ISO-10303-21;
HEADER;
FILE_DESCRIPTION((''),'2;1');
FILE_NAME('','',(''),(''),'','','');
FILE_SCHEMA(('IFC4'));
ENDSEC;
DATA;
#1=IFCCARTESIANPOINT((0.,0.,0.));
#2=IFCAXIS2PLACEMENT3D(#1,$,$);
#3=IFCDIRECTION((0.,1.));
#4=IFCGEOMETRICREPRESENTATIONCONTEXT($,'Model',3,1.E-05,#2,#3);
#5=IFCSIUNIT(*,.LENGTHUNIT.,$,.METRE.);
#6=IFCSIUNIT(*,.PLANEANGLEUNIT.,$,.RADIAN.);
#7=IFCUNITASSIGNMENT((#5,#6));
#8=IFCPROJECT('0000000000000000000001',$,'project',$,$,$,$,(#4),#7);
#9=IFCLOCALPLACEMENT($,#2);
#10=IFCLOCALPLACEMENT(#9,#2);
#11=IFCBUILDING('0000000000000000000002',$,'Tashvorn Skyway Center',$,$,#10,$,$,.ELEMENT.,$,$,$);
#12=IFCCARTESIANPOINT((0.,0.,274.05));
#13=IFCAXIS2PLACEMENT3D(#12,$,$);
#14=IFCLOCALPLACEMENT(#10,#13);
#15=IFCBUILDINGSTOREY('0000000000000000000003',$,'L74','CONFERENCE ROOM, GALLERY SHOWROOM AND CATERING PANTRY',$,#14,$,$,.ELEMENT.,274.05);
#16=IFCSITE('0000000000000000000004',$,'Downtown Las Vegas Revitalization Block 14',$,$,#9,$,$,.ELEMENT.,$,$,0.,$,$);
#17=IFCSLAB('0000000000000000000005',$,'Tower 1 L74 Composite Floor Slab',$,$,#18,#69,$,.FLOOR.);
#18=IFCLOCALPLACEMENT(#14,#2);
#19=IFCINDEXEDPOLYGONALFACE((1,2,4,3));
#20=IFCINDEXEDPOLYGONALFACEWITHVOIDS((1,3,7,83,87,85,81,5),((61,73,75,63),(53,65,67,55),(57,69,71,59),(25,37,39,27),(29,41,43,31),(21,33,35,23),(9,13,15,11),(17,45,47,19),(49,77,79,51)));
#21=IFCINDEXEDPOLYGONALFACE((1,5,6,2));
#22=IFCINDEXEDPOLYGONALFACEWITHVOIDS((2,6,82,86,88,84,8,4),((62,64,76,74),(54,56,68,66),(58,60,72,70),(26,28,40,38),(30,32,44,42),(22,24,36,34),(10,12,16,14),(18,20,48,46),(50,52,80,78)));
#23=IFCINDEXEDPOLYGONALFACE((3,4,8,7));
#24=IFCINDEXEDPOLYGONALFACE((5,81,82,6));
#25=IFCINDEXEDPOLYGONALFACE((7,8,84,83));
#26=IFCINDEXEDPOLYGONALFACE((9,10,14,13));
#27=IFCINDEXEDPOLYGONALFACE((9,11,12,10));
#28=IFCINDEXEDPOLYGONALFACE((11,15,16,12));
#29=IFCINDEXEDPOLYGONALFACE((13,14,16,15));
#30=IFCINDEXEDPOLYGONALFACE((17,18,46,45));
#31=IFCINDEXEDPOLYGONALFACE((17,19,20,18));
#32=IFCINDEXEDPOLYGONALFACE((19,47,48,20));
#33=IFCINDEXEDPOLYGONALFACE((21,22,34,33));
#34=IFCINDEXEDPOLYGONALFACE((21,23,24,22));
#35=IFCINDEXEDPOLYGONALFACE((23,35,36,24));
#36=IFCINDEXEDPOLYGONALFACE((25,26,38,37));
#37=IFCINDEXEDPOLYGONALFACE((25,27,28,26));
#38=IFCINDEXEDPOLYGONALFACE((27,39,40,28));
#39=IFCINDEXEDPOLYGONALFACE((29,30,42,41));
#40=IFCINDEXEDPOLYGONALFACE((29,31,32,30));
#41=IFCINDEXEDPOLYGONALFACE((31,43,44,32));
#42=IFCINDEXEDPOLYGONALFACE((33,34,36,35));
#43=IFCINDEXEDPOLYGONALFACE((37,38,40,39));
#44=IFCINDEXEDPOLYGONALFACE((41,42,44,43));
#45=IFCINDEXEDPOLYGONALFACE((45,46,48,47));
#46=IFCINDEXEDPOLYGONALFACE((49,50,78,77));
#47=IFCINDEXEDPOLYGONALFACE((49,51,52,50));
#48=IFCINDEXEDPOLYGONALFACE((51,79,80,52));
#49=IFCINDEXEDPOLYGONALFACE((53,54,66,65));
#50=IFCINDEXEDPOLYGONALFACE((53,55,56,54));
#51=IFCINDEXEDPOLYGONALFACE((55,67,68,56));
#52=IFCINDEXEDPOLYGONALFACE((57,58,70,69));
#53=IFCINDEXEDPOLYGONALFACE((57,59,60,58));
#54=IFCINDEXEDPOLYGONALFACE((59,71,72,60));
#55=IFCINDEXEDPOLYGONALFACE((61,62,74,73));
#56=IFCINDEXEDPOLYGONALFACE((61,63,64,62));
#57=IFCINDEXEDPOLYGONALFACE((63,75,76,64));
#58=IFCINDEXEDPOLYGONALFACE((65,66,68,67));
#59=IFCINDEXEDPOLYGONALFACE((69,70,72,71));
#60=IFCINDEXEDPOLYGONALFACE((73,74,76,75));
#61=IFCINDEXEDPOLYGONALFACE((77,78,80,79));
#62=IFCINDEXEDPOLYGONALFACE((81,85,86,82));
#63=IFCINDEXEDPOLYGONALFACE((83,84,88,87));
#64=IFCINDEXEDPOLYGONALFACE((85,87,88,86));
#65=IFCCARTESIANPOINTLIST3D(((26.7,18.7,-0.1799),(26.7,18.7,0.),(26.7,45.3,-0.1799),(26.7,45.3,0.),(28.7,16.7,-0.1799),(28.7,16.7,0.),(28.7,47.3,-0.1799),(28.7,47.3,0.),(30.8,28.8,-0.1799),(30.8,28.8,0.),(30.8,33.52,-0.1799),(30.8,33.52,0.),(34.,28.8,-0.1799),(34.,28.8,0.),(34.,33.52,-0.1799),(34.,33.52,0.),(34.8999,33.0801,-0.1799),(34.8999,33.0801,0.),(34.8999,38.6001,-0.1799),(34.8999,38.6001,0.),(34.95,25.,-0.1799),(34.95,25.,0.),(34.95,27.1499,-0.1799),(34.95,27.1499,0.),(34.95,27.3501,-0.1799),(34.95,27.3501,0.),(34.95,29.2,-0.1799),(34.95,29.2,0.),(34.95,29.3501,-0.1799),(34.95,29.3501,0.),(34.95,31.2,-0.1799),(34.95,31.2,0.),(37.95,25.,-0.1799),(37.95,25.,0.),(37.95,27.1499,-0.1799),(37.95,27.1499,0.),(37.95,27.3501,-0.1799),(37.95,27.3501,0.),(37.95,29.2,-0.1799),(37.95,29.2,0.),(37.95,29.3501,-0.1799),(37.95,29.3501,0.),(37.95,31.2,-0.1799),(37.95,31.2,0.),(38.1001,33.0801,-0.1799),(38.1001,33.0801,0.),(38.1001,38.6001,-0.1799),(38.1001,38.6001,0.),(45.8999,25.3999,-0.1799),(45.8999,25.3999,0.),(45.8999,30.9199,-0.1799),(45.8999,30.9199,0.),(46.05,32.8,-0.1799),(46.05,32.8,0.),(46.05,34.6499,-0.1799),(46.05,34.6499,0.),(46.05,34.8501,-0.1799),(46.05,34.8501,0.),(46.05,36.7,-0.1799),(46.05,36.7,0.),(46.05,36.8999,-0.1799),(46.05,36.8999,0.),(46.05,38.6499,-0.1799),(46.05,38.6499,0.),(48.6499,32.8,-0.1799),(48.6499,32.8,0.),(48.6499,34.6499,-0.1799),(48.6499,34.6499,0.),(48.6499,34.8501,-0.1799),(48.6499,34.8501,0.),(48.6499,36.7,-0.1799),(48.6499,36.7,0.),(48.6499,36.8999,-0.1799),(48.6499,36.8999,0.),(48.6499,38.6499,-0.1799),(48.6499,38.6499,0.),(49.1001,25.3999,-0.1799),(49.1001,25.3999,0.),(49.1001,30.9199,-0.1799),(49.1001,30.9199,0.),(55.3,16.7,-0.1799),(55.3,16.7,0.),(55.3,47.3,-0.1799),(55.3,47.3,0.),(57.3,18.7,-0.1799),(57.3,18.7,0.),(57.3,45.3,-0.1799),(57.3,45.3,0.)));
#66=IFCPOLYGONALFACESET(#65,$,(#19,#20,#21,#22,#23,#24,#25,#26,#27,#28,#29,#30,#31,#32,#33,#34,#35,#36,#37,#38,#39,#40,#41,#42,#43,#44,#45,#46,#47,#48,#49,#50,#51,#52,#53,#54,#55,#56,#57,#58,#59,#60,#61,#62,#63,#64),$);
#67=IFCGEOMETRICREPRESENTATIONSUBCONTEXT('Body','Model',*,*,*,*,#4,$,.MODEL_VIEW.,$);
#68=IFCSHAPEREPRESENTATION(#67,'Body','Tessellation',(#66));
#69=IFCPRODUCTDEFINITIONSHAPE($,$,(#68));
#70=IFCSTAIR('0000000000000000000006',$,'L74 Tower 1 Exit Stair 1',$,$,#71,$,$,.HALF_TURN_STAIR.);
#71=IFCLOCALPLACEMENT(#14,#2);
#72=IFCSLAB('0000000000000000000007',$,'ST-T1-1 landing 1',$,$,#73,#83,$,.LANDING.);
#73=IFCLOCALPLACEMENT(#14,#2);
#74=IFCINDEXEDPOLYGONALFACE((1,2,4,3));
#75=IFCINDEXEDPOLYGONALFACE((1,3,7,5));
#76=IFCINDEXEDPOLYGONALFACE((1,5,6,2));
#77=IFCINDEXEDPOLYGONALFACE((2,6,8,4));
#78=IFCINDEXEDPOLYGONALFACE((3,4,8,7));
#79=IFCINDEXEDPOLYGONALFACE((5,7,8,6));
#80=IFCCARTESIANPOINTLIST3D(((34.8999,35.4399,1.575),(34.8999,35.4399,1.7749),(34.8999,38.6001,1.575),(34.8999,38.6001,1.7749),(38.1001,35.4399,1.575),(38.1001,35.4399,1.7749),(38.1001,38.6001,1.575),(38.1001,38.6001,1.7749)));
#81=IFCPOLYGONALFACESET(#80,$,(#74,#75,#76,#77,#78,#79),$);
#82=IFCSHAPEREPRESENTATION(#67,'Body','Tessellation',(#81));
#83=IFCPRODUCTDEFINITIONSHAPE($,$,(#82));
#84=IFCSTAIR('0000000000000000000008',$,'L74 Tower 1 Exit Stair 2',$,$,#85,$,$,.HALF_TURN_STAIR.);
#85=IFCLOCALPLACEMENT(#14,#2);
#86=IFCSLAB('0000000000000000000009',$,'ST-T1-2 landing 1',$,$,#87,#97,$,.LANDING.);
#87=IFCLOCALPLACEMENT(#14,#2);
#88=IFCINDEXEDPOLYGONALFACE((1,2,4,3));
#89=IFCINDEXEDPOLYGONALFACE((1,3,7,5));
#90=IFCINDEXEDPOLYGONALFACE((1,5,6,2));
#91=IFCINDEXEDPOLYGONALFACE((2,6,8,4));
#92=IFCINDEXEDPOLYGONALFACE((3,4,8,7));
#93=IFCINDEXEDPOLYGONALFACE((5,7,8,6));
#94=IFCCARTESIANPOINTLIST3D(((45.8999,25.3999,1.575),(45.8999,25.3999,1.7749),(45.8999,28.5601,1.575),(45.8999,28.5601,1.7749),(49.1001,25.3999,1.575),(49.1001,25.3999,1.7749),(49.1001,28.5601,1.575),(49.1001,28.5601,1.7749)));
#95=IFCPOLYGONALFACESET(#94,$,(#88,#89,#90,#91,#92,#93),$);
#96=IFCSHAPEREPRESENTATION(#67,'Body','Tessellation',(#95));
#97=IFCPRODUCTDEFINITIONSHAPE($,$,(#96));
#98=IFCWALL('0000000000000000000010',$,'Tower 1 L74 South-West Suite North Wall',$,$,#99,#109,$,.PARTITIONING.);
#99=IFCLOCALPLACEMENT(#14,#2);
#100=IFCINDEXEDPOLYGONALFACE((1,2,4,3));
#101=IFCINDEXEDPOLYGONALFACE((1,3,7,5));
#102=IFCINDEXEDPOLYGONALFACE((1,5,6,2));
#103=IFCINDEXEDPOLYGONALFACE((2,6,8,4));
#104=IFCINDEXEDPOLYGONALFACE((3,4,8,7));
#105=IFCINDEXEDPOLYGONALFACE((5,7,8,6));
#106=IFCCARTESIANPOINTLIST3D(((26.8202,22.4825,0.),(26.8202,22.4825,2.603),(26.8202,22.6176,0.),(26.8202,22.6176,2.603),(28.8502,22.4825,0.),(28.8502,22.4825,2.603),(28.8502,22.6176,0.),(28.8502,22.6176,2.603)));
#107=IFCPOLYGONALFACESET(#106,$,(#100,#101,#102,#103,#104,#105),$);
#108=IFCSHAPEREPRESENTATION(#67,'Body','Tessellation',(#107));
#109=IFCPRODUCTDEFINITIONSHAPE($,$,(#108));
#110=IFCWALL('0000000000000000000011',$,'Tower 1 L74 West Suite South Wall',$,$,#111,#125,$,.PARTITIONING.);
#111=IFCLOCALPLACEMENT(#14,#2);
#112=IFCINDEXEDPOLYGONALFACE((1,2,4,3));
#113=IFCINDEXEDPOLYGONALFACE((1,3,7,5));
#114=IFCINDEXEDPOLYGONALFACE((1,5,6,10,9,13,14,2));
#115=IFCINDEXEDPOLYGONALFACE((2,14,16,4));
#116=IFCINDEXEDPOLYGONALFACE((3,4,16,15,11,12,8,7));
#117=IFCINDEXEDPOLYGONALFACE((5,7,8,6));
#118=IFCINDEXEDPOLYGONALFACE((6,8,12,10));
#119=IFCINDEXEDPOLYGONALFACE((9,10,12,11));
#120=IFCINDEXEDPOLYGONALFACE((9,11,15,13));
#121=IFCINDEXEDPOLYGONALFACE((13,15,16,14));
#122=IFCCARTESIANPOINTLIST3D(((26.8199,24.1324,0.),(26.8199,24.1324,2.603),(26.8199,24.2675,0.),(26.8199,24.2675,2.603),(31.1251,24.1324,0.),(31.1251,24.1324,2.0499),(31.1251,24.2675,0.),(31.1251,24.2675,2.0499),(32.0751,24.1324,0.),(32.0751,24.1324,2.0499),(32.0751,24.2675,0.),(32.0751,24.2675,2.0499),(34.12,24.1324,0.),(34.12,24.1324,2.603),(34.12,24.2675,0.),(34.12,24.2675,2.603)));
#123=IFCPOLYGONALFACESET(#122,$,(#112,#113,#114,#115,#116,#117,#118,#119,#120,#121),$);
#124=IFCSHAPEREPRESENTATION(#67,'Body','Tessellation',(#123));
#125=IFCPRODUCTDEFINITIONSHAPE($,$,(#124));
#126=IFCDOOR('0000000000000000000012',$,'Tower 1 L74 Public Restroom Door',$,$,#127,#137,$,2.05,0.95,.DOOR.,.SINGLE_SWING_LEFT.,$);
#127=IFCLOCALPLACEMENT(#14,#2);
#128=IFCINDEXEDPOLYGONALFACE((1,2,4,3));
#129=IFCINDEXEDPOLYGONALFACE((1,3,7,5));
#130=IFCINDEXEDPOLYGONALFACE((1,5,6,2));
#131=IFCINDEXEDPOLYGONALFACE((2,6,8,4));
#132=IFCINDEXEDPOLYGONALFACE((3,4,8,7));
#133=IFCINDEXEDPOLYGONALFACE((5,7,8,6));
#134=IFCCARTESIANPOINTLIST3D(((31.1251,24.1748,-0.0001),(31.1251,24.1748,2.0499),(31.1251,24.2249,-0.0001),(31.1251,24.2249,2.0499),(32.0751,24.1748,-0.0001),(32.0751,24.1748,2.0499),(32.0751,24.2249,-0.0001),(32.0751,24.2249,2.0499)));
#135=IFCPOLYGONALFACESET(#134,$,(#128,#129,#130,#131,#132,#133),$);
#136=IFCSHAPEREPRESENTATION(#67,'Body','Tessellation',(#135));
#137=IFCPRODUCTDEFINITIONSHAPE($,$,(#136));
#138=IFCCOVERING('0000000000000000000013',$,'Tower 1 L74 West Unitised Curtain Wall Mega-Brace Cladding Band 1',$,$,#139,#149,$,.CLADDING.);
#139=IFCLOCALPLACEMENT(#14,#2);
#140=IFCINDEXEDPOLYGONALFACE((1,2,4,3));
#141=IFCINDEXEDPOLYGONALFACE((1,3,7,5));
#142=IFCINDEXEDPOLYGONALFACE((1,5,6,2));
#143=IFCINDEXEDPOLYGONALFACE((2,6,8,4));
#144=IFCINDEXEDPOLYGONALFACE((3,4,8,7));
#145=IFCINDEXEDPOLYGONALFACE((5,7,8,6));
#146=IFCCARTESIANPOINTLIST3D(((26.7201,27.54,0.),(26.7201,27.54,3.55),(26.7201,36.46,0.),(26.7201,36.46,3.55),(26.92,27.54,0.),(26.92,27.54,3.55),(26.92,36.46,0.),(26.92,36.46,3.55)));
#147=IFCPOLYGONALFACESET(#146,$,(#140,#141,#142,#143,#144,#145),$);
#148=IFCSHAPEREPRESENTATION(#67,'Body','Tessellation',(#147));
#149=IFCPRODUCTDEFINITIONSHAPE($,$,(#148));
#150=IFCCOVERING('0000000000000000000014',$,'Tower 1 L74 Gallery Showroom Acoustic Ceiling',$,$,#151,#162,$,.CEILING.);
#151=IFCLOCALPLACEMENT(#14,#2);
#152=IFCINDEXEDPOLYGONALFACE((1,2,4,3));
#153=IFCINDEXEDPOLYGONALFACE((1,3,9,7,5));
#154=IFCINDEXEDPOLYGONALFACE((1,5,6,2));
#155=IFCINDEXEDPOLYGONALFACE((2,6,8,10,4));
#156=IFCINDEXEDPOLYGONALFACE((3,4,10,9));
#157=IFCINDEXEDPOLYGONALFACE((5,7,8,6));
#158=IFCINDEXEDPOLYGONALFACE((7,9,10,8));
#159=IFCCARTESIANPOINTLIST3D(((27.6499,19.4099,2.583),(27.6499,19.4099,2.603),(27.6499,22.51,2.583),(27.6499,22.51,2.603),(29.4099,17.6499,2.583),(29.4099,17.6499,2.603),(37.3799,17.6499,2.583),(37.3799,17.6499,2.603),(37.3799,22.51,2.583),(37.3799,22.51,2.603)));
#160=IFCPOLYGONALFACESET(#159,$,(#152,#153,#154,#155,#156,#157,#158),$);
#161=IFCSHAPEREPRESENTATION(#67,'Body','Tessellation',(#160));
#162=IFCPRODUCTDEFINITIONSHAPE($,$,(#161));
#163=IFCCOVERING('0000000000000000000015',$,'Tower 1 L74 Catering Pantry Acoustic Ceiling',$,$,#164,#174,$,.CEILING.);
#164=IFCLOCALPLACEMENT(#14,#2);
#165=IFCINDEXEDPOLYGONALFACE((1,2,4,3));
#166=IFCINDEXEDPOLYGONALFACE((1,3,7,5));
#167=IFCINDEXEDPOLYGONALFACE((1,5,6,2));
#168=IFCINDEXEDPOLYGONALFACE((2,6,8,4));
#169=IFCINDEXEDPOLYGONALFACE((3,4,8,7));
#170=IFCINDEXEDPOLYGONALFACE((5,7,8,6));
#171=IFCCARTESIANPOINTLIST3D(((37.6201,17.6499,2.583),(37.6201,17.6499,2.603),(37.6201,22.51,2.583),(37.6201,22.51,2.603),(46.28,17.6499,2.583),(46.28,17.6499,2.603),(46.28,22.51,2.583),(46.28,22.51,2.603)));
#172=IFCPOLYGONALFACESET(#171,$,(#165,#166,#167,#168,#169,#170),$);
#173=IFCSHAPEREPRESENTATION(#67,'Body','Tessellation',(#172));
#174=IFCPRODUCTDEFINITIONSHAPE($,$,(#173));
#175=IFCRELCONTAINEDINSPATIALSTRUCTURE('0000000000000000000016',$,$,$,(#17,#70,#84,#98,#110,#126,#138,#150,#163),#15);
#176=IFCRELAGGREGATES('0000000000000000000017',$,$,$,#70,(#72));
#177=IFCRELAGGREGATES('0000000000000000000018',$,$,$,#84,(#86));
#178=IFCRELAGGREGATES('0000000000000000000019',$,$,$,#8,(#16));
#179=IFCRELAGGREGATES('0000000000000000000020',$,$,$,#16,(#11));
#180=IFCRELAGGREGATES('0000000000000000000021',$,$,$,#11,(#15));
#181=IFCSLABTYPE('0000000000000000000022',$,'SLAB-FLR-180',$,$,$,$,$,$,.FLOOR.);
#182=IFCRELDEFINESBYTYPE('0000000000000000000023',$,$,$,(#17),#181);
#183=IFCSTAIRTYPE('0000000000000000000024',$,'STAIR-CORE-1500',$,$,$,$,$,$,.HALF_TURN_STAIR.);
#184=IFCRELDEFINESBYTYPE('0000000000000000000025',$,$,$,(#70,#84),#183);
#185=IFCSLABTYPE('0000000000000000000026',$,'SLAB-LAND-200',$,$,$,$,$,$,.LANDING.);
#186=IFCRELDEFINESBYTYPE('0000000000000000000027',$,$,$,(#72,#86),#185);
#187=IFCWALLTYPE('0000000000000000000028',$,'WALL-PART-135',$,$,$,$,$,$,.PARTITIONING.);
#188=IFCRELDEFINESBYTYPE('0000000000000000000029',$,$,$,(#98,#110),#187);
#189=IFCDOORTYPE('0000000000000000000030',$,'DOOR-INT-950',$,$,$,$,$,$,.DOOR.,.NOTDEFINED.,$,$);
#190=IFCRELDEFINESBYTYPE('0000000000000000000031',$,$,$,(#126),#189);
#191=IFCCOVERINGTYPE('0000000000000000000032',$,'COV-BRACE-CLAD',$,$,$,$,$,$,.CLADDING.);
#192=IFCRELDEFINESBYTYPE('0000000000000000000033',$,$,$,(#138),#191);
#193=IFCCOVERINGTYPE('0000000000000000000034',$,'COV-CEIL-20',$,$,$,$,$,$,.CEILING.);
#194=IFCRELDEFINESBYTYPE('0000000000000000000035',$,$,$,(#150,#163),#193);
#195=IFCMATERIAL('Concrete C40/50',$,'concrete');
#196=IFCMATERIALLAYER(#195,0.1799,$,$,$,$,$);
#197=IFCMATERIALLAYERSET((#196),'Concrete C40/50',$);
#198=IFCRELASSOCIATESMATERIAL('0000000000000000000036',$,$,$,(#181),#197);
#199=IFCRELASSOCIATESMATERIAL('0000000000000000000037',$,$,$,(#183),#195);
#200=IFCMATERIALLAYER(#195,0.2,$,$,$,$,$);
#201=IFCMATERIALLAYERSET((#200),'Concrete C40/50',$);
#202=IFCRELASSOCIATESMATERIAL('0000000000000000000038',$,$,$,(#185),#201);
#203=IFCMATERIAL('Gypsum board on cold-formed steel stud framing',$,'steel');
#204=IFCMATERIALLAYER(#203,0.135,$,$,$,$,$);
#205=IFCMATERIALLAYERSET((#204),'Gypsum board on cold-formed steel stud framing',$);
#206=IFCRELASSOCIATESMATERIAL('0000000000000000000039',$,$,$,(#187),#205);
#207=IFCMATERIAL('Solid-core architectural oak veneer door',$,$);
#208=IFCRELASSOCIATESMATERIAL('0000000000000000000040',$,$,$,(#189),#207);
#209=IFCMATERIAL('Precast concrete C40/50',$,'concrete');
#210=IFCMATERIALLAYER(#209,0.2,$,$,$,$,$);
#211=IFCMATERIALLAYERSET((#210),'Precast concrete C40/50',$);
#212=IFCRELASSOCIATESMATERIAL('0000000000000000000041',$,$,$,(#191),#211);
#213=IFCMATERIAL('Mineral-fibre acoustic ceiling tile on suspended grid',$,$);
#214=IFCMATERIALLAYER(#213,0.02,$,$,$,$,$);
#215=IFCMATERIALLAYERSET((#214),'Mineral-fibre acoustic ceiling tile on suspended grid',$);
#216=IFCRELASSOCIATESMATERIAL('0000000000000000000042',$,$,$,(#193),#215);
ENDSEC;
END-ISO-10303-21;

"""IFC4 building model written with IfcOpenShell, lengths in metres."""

from ifc_helpers import new_model, si_unit, direction, frame, frame_2d, origin, origin_2d, place, context, subcontext, project, spatial, polyline, rectangle, outline, extrude, material, layer, layer_set, type_object, element, fill, aggregate, save


model = new_model("IFC4")

# Units and contexts
model_context = context("Model", 3, precision=1e-05, world=origin(), true_north=direction((0.0, 1.0)))
body_context = subcontext(model_context, "Body", "Model", "MODEL_VIEW")
ifc_project = project(units=[si_unit("LENGTHUNIT", "METRE"), si_unit("PLANEANGLEUNIT", "RADIAN")], contexts=[model_context])

# Site, building, storey
site_placement = place(None, origin())
site = spatial("IfcSite", under=ifc_project, at=site_placement, Name="Downtown Las Vegas Revitalization Block 14", CompositionType="ELEMENT", RefElevation=0.0)
building_placement = place(site_placement, origin())
building = spatial("IfcBuilding", under=site, at=building_placement, Name="Tashvorn Skyway Center", CompositionType="ELEMENT")
storey_placement = place(building_placement, frame((0.0, 0.0, 274.05)))
storey = spatial("IfcBuildingStorey", under=building, at=storey_placement, Name="L74", Description="CONFERENCE ROOM, GALLERY SHOWROOM AND CATERING PANTRY", CompositionType="ELEMENT", Elevation=274.05)

# Slab
ifc_material_1 = material(Name="Concrete C40/50", Category="concrete")
ifc_layer_1 = layer(ifc_material_1, 0.1799)
ifc_layer_set_1 = layer_set([ifc_layer_1], Name="Concrete C40/50")
slab_type_1 = type_object("IfcSlabType", Name="SLAB-FLR-180", PredefinedType="FLOOR", material=ifc_layer_set_1)
slab_1_placement = place(storey_placement, frame((0.0, 0.0, -0.1799)))
element("IfcSlab", 1, at=slab_1_placement, inside=storey, type_object=slab_type_1, Name="Tower 1 L74 Composite Floor Slab", PredefinedType="FLOOR", context=body_context, shape_type="SweptSolid", body=[
    extrude(outline(polyline([(28.7, 16.7), (55.3, 16.7), (57.3, 18.7), (57.3, 45.3), (55.3, 47.3), (28.7, 47.3), (26.7, 45.3), (26.7, 18.7), (28.7, 16.7)]), holes=[polyline([(38.1001, 33.0801), (38.1001, 38.6001), (34.8999, 38.6001), (34.8999, 33.0801), (38.1001, 33.0801)]), polyline([(45.8999, 30.9199), (45.8999, 25.3999), (49.1001, 25.3999), (49.1001, 30.9199), (45.8999, 30.9199)]), polyline([(30.8, 33.52), (30.8, 28.8), (34.0, 28.8), (34.0, 33.52), (30.8, 33.52)]), polyline([(34.95, 29.3501), (37.95, 29.3501), (37.95, 31.2), (34.95, 31.2), (34.95, 29.3501)]), polyline([(34.95, 27.3501), (37.95, 27.3501), (37.95, 29.2), (34.95, 29.2), (34.95, 27.3501)]), polyline([(34.95, 25.0), (37.95, 25.0), (37.95, 27.1499), (34.95, 27.1499), (34.95, 25.0)]), polyline([(46.05, 32.8), (48.6499, 32.8), (48.6499, 34.6499), (46.05, 34.6499), (46.05, 32.8)]), polyline([(46.05, 34.8501), (48.6499, 34.8501), (48.6499, 36.7), (46.05, 36.7), (46.05, 34.8501)]), polyline([(46.05, 36.8999), (48.6499, 36.8999), (48.6499, 38.6499), (46.05, 38.6499), (46.05, 36.8999)])]), origin(), (0.0, 0.0, 1.0), 0.1799),
])

# Stairs, slabs
stair_type = type_object("IfcStairType", Name="STAIR-CORE-1500", PredefinedType="HALF_TURN_STAIR", material=ifc_material_1)
stair_1_placement = place(storey_placement, origin())
stair_1 = element("IfcStair", 2, at=stair_1_placement, inside=storey, type_object=stair_type, Name="L74 Tower 1 Exit Stair 1", PredefinedType="HALF_TURN_STAIR")
ifc_layer_2 = layer(ifc_material_1, 0.2)
ifc_layer_set_2 = layer_set([ifc_layer_2], Name="Concrete C40/50")
slab_type_2 = type_object("IfcSlabType", Name="SLAB-LAND-200", PredefinedType="LANDING", material=ifc_layer_set_2)
slab_2_placement = place(storey_placement, frame((0.0, 0.0, 1.575)))
slab_2 = element("IfcSlab", 3, at=slab_2_placement, type_object=slab_type_2, Name="ST-T1-1 landing 1", PredefinedType="LANDING", context=body_context, shape_type="SweptSolid", body=[
    extrude(outline(polyline([(38.1001, 35.4399), (38.1001, 38.6001), (34.8999, 38.6001), (34.8999, 35.4399), (38.1001, 35.4399)])), origin(), (0.0, 0.0, 1.0), 0.2),
])
aggregate(stair_1, [slab_2])
stair_2_placement = place(storey_placement, origin())
stair_2 = element("IfcStair", 4, at=stair_2_placement, inside=storey, type_object=stair_type, Name="L74 Tower 1 Exit Stair 2", PredefinedType="HALF_TURN_STAIR")
slab_3_placement = place(storey_placement, frame((0.0, 0.0, 1.575)))
slab_3 = element("IfcSlab", 5, at=slab_3_placement, type_object=slab_type_2, Name="ST-T1-2 landing 1", PredefinedType="LANDING", context=body_context, shape_type="SweptSolid", body=[
    extrude(outline(polyline([(45.8999, 28.5601), (45.8999, 25.3999), (49.1001, 25.3999), (49.1001, 28.5601), (45.8999, 28.5601)])), origin(), (0.0, 0.0, 1.0), 0.2),
])
aggregate(stair_2, [slab_3])

# Wall
ifc_material_2 = material(Name="Gypsum board on cold-formed steel stud framing", Category="steel")
ifc_layer_3 = layer(ifc_material_2, 0.135)
ifc_layer_set_3 = layer_set([ifc_layer_3], Name="Gypsum board on cold-formed steel stud framing")
wall_type = type_object("IfcWallType", Name="WALL-PART-135", PredefinedType="PARTITIONING", material=ifc_layer_set_3)
wall_1_placement = place(storey_placement, frame((26.8201, 22.55, 0.0), z_axis=(0.0, 0.0, 1.0), x_axis=(1.0, 0.0, 0.0)))
element("IfcWall", 6, at=wall_1_placement, inside=storey, type_object=wall_type, Name="Tower 1 L74 South-West Suite North Wall", PredefinedType="PARTITIONING", context=body_context, shape_type="SweptSolid", body=[
    extrude(rectangle(XDim=2.03, YDim=0.135, at=frame_2d((1.0151, 0.0))), origin(), (0.0, 0.0, 1.0), 2.603),
])

# Wall, opening, door
wall_2_placement = place(storey_placement, frame((26.8201, 24.2, 0.0), z_axis=(0.0, 0.0, 1.0), x_axis=(1.0, 0.0, 0.0)))
wall_2 = element("IfcWall", 7, at=wall_2_placement, inside=storey, type_object=wall_type, Name="Tower 1 L74 West Suite South Wall", PredefinedType="PARTITIONING", context=body_context, shape_type="SweptSolid", body=[
    extrude(rectangle(XDim=7.3, YDim=0.135, at=frame_2d((3.6499, 0.0))), origin(), (0.0, 0.0, 1.0), 2.603),
])
opening_placement = place(wall_2_placement, frame((4.3049, 0.0, 0.0)))
opening = element("IfcOpeningElement", 8, at=opening_placement, cuts=wall_2, PredefinedType="OPENING", context=body_context, shape_type="SweptSolid", body=[
    extrude(rectangle(XDim=0.95, YDim=2.05, at=frame_2d((0.4751, 1.0249))), frame((0.0, 0.0774, 0.0), z_axis=(0.0, -1.0, 0.0), x_axis=(1.0, 0.0, 0.0)), (0.0, 0.0, 1.0), 0.155),
])
ifc_material_3 = material(Name="Solid-core architectural oak veneer door")
door_type = type_object("IfcDoorType", Name="DOOR-INT-950", OperationType="NOTDEFINED", PredefinedType="DOOR", material=ifc_material_3)
door_placement = place(opening_placement, origin())
door = element("IfcDoor", 9, at=door_placement, inside=storey, type_object=door_type, Name="Tower 1 L74 Public Restroom Door", OperationType="SINGLE_SWING_LEFT", OverallHeight=2.05, OverallWidth=0.95, PredefinedType="DOOR", context=body_context, shape_type="SweptSolid", body=[
    extrude(rectangle(XDim=0.95, YDim=2.05, at=frame_2d((0.4751, 1.0249))), frame((0.0, 0.0249, 0.0), z_axis=(0.0, -1.0, 0.0), x_axis=(1.0, 0.0, 0.0)), (0.0, 0.0, 1.0), 0.05),
])
fill(opening, door)

# Coverings
ifc_material_4 = material(Name="Precast concrete C40/50", Category="concrete")
ifc_layer_4 = layer(ifc_material_4, 0.2)
ifc_layer_set_4 = layer_set([ifc_layer_4], Name="Precast concrete C40/50")
covering_type_1 = type_object("IfcCoveringType", Name="COV-BRACE-CLAD", PredefinedType="CLADDING", material=ifc_layer_set_4)
covering_1_placement = place(storey_placement, frame((26.8201, 32.0, 0.0), z_axis=(0.0, 0.0, 1.0), x_axis=(0.0, 1.0, 0.0)))
element("IfcCovering", 10, at=covering_1_placement, inside=storey, type_object=covering_type_1, Name="Tower 1 L74 West Unitised Curtain Wall Mega-Brace Cladding Band 1", PredefinedType="CLADDING", context=body_context, shape_type="SweptSolid", body=[
    extrude(rectangle(XDim=8.9199, YDim=0.2, at=origin_2d()), origin(), (0.0, 0.0, 1.0), 3.55),
])
ifc_material_5 = material(Name="Mineral-fibre acoustic ceiling tile on suspended grid")
ifc_layer_5 = layer(ifc_material_5, 0.02)
ifc_layer_set_5 = layer_set([ifc_layer_5], Name="Mineral-fibre acoustic ceiling tile on suspended grid")
covering_type_2 = type_object("IfcCoveringType", Name="COV-CEIL-20", PredefinedType="CEILING", material=ifc_layer_set_5)
covering_2_placement = place(storey_placement, frame((0.0, 0.0, 2.583)))
element("IfcCovering", 11, at=covering_2_placement, inside=storey, type_object=covering_type_2, Name="Tower 1 L74 Gallery Showroom Acoustic Ceiling", PredefinedType="CEILING", context=body_context, shape_type="SweptSolid", body=[
    extrude(outline(polyline([(27.6499, 22.51), (37.3799, 22.51), (37.3799, 17.6499), (29.4099, 17.6499), (27.6499, 19.4099), (27.6499, 22.51)])), origin(), (0.0, 0.0, 1.0), 0.02),
])
covering_3_placement = place(storey_placement, frame((0.0, 0.0, 2.583)))
element("IfcCovering", 12, at=covering_3_placement, inside=storey, type_object=covering_type_2, Name="Tower 1 L74 Catering Pantry Acoustic Ceiling", PredefinedType="CEILING", context=body_context, shape_type="SweptSolid", body=[
    extrude(outline(polyline([(37.6201, 22.51), (46.28, 22.51), (46.28, 17.6499), (37.6201, 17.6499), (37.6201, 22.51)])), origin(), (0.0, 0.0, 1.0), 0.02),
])

save(model, "model.ifc")
